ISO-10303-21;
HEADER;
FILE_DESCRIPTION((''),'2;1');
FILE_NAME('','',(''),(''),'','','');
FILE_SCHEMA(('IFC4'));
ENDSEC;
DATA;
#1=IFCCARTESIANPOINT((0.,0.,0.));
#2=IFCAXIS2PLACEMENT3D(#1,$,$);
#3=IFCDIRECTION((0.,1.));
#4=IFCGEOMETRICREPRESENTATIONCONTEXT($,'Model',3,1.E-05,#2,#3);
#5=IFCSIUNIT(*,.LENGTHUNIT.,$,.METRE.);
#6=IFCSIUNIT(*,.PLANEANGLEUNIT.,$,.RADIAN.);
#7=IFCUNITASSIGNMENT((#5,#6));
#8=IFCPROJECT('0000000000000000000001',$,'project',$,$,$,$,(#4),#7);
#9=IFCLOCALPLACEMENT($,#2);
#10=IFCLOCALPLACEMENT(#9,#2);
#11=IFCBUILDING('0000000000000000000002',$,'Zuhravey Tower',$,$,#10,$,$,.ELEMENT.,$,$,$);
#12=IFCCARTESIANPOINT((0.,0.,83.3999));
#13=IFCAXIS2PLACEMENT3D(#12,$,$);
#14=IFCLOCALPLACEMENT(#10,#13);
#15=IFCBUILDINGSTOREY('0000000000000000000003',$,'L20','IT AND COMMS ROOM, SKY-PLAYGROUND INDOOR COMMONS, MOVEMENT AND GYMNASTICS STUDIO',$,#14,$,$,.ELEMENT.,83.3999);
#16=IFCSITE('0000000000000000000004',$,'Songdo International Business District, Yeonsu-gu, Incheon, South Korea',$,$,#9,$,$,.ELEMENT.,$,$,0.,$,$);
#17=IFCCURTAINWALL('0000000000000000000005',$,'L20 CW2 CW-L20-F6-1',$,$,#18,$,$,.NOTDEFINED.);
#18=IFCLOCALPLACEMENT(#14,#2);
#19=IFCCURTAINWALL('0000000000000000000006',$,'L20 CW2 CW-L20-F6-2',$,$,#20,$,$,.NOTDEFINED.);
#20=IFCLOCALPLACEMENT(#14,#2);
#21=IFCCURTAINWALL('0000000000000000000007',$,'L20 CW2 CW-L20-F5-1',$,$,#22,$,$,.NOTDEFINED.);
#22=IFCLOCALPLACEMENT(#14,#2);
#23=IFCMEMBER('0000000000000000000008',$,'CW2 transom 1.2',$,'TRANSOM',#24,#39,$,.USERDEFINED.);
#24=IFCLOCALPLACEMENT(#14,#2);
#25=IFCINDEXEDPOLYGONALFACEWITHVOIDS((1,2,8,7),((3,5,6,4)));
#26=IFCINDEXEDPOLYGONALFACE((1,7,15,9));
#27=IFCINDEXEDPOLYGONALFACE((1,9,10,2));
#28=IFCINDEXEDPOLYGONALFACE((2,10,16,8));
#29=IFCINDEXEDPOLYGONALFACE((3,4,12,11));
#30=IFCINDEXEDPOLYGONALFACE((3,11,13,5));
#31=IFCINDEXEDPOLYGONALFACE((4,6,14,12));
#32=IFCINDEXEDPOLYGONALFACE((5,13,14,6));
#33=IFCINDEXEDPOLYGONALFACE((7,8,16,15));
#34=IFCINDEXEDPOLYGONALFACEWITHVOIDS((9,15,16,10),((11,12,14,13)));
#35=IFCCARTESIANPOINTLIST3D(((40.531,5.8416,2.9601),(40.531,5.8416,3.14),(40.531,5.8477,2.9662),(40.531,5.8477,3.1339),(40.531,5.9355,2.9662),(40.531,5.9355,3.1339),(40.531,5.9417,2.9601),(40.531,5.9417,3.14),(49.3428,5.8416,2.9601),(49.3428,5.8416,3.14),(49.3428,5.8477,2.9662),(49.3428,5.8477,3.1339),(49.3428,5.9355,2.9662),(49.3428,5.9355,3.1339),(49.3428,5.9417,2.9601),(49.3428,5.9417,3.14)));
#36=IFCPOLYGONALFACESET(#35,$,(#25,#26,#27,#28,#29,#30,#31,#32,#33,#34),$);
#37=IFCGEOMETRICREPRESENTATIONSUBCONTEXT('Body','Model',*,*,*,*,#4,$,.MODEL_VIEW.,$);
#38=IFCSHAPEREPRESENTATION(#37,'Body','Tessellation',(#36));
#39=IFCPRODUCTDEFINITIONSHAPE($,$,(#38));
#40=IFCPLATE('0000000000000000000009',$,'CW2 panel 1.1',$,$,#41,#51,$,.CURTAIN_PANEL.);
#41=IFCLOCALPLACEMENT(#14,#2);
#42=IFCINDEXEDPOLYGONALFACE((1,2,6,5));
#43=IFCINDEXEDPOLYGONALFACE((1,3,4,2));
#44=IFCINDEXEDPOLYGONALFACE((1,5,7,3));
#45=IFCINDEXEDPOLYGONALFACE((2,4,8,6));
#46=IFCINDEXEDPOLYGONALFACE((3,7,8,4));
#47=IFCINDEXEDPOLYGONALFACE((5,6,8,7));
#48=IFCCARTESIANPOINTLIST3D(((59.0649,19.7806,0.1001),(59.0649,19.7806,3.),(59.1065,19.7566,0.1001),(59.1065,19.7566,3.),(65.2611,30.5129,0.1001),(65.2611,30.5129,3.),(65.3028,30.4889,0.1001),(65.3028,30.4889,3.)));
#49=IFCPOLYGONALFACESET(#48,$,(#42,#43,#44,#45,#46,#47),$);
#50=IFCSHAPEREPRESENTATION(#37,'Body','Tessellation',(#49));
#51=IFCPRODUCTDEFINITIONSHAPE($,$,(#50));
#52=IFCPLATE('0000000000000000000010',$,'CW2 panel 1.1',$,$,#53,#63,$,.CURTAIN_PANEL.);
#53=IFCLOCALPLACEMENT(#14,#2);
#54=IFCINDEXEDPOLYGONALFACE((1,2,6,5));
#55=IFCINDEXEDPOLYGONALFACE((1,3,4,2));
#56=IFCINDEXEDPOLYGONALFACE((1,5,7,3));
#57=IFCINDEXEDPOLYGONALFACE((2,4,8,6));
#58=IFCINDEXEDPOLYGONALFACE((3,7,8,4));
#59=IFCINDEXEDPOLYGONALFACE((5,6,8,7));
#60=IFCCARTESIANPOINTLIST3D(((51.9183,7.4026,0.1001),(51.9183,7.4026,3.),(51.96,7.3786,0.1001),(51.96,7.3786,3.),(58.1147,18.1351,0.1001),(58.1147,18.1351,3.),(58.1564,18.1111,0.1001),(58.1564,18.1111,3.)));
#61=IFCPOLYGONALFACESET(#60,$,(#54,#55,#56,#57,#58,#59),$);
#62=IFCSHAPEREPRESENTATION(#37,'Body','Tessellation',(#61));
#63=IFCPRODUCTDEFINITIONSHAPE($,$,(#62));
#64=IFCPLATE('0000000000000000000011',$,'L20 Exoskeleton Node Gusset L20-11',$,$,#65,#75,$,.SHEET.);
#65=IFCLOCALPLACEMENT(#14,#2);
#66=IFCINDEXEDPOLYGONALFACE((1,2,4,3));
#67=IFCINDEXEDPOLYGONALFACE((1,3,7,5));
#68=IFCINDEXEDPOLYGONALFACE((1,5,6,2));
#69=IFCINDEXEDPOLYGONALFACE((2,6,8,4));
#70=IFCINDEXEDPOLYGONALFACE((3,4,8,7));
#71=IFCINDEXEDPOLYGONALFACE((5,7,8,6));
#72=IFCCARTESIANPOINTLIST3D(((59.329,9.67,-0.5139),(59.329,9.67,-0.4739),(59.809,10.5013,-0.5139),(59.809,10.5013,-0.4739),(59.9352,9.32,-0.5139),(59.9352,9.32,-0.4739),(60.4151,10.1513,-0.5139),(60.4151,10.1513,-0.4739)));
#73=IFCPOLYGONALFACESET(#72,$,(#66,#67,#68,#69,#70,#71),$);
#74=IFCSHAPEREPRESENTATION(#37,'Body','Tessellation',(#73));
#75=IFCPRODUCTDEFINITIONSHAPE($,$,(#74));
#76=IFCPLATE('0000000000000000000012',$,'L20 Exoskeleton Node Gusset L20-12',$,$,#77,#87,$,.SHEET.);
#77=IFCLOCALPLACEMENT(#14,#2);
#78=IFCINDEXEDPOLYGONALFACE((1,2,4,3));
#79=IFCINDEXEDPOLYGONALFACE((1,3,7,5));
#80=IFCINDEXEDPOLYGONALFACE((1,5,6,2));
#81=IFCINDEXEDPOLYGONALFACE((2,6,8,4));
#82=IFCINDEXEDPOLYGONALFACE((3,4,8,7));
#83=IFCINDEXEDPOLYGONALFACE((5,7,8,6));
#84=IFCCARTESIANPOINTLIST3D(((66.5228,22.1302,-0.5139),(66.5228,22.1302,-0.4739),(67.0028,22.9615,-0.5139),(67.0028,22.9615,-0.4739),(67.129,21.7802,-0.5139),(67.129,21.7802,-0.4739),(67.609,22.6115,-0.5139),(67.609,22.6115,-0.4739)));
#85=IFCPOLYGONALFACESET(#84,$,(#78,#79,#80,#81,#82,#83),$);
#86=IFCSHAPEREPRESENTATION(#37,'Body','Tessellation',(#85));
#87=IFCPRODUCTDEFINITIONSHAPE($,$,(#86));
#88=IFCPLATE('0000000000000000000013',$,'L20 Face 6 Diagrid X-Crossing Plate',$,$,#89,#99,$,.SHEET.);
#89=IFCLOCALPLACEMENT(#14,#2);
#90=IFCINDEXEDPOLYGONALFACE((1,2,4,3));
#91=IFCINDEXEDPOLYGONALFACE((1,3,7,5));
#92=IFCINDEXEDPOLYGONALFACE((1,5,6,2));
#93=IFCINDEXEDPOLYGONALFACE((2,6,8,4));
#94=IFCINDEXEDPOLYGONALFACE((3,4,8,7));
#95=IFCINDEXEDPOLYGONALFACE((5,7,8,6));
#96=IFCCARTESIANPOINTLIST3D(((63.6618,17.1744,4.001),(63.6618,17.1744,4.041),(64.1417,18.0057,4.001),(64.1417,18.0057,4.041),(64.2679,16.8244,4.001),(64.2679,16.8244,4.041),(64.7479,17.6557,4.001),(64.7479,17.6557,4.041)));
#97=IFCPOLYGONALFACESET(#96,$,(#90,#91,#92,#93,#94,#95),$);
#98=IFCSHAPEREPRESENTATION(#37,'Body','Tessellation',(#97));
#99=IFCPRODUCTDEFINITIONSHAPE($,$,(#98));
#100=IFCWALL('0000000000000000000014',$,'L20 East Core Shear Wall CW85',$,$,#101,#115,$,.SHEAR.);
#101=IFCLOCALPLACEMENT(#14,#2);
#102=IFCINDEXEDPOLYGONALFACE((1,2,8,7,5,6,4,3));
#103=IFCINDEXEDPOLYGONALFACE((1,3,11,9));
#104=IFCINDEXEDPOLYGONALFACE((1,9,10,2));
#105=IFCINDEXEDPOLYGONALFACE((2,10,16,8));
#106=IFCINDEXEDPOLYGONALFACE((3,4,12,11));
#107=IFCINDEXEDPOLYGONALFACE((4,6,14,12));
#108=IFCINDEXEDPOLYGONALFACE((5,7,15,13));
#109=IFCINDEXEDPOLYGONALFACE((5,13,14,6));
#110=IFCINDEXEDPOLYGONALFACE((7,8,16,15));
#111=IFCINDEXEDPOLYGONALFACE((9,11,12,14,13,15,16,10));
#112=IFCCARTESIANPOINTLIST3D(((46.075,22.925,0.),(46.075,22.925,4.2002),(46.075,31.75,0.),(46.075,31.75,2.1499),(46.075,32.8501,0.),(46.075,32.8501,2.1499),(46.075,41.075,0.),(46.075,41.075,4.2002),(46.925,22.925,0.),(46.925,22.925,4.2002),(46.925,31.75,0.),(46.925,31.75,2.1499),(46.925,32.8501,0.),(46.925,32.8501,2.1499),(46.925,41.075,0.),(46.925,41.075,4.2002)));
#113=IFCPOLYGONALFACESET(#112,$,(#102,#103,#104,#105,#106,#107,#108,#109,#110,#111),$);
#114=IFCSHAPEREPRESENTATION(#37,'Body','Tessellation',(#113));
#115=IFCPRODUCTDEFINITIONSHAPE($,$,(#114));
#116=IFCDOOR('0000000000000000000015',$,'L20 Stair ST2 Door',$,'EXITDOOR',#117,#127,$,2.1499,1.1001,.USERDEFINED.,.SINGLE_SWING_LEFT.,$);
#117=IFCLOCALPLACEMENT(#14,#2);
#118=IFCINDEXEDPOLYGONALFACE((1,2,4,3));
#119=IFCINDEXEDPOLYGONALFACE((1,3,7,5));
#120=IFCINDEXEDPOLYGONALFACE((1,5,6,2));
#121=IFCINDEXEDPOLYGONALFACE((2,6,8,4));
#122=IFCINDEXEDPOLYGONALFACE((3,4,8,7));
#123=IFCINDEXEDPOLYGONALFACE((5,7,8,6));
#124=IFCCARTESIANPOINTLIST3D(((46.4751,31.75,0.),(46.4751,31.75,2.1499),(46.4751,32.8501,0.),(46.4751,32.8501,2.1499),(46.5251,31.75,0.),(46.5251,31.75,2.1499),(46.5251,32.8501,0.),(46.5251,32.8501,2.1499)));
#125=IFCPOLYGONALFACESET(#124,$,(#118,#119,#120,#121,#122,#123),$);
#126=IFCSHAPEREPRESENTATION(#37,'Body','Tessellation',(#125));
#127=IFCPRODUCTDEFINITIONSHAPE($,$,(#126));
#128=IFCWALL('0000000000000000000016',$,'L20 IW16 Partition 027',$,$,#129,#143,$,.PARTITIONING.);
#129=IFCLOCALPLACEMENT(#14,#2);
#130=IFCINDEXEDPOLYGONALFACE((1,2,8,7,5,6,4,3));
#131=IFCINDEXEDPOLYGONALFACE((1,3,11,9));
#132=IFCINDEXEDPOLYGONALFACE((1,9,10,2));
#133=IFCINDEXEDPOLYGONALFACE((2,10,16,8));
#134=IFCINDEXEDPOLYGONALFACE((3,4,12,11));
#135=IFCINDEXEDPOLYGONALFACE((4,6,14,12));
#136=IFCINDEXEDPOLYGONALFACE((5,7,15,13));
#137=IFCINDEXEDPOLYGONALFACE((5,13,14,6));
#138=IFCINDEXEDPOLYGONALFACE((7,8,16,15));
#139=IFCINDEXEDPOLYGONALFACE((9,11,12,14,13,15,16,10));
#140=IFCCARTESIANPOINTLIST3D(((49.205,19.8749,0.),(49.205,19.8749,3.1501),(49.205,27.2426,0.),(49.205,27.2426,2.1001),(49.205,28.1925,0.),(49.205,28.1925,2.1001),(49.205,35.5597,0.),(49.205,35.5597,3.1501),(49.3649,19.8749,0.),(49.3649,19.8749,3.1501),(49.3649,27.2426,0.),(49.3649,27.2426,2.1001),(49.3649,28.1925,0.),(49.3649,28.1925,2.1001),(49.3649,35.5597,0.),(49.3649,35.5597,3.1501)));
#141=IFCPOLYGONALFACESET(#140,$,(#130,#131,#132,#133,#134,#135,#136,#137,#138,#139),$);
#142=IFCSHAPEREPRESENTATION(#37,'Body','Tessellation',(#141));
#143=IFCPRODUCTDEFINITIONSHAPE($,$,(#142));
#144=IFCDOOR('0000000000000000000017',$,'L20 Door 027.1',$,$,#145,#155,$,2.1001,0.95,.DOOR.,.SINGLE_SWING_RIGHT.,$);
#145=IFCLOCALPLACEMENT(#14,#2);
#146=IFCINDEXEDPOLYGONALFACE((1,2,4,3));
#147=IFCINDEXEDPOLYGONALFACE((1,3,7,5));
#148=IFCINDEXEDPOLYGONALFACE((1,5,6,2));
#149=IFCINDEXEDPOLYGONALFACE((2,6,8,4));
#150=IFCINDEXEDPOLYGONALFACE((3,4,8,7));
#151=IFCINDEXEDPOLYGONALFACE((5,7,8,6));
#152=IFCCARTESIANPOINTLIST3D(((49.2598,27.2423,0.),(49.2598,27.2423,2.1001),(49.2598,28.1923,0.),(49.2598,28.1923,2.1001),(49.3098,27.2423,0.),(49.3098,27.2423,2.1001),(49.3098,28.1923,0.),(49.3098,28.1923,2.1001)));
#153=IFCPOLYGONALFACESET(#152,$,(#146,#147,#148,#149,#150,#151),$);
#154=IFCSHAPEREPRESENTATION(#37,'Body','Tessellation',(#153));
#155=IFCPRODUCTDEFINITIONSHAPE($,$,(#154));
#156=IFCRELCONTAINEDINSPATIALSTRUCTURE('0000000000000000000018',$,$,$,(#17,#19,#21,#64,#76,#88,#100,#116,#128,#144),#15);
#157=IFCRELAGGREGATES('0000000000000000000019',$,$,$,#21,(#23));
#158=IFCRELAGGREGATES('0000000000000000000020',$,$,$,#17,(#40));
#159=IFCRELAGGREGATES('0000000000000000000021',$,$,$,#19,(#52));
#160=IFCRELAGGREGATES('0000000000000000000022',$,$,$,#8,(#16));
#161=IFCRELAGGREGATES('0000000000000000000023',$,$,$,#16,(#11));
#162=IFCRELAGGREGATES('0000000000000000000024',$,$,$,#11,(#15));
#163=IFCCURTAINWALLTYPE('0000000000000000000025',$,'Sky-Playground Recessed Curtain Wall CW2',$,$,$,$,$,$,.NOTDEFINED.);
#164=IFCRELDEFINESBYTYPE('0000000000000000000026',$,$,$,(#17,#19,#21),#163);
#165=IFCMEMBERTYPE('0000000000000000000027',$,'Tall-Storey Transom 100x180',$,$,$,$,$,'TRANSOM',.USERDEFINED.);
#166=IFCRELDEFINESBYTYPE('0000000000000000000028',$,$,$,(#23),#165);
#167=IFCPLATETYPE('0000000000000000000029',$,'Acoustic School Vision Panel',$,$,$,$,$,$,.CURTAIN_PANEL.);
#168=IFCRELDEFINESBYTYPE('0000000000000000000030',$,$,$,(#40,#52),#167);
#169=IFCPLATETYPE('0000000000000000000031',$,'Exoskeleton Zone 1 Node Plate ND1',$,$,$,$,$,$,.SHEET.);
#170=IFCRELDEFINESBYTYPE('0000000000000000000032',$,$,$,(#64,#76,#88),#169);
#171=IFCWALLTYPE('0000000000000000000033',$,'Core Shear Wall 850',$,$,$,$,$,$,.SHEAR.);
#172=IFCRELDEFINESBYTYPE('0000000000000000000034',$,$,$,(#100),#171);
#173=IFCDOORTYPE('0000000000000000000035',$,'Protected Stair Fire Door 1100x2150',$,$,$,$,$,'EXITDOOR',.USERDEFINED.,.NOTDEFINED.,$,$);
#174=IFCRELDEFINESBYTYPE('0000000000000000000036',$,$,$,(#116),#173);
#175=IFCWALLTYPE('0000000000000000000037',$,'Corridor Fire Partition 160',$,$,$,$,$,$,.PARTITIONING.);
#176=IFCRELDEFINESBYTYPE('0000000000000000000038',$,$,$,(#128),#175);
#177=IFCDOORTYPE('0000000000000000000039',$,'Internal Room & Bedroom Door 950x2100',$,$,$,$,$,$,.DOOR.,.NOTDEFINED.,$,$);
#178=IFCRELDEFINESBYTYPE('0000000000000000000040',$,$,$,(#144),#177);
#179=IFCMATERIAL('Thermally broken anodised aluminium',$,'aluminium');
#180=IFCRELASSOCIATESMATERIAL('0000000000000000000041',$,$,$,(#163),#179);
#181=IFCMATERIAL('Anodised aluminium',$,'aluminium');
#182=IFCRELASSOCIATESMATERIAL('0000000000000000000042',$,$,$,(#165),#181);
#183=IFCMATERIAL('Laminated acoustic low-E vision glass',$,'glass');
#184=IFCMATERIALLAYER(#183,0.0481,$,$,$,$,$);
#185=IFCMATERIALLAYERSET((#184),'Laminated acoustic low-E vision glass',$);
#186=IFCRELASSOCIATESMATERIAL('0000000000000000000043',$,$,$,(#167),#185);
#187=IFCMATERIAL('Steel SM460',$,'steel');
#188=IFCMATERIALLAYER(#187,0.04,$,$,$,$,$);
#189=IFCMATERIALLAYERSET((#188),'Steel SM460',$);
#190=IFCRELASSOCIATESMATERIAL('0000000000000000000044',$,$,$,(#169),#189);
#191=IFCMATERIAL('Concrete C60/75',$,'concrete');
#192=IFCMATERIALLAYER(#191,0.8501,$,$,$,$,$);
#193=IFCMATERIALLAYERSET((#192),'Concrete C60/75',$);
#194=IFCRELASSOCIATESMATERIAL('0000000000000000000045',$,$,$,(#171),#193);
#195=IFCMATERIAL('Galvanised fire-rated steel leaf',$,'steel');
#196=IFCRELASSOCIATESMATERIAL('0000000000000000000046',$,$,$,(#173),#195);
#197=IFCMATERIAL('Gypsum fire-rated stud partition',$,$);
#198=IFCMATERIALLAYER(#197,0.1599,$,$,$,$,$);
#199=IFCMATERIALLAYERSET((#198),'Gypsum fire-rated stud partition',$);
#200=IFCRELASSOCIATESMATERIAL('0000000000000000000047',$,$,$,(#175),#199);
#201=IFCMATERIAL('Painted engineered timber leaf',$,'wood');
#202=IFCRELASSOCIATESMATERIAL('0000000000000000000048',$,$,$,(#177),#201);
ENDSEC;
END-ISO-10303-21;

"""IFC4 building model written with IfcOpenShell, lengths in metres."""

from ifc_helpers import new_model, si_unit, direction, frame, frame_2d, origin, origin_2d, place, context, subcontext, project, spatial, rectangle, hollow_rectangle, extrude, material, layer, layer_set, material_profile, profile_set, type_object, element, fill, aggregate, save


model = new_model("IFC4")

# Units and contexts
model_context = context("Model", 3, precision=1e-05, world=origin(), true_north=direction((0.0, 1.0)))
body_context = subcontext(model_context, "Body", "Model", "MODEL_VIEW")
ifc_project = project(units=[si_unit("LENGTHUNIT", "METRE"), si_unit("PLANEANGLEUNIT", "RADIAN")], contexts=[model_context])

# Site, building, storey
site_placement = place(None, origin())
site = spatial("IfcSite", under=ifc_project, at=site_placement, Name="Songdo International Business District, Yeonsu-gu, Incheon, South Korea", CompositionType="ELEMENT", RefElevation=0.0)
building_placement = place(site_placement, origin())
building = spatial("IfcBuilding", under=site, at=building_placement, Name="Zuhravey Tower", CompositionType="ELEMENT")
storey_placement = place(building_placement, frame((0.0, 0.0, 83.3999)))
storey = spatial("IfcBuildingStorey", under=building, at=storey_placement, Name="L20", Description="IT AND COMMS ROOM, SKY-PLAYGROUND INDOOR COMMONS, MOVEMENT AND GYMNASTICS STUDIO", CompositionType="ELEMENT", Elevation=83.3999)

# Shared definitions
ifc_material_1 = material(Name="Concrete C60/75", Category="concrete")

# Shared definitions
ifc_material_2 = material(Name="Steel SM460", Category="steel")

# Curtain walls
ifc_material_3 = material(Name="Thermally broken anodised aluminium", Category="aluminium")
curtain_wall_type = type_object("IfcCurtainWallType", Name="Sky-Playground Recessed Curtain Wall CW2", PredefinedType="NOTDEFINED", material=ifc_material_3)
curtain_wall_1_placement = place(storey_placement, origin())
curtain_wall_1 = element("IfcCurtainWall", 1, at=curtain_wall_1_placement, inside=storey, type_object=curtain_wall_type, Name="L20 CW2 CW-L20-F6-1", PredefinedType="NOTDEFINED")
ifc_material_4 = material(Name="Anodised aluminium", Category="aluminium")
curtain_wall_2_placement = place(storey_placement, origin())
curtain_wall_2 = element("IfcCurtainWall", 2, at=curtain_wall_2_placement, inside=storey, type_object=curtain_wall_type, Name="L20 CW2 CW-L20-F6-2", PredefinedType="NOTDEFINED")

# Curtain wall
curtain_wall_3_placement = place(storey_placement, origin())
curtain_wall_3 = element("IfcCurtainWall", 3, at=curtain_wall_3_placement, inside=storey, type_object=curtain_wall_type, Name="L20 CW2 CW-L20-F5-1", PredefinedType="NOTDEFINED")

# Member
ifc_material_profile_1 = material_profile(ifc_material_4, hollow_rectangle(XDim=0.1001, YDim=0.1799, WallThickness=0.0061, at=origin_2d()), Name="ALU-RHS-100x180x6")
ifc_profile_set_1 = profile_set([ifc_material_profile_1], Name="Anodised aluminium")
member_type_1 = type_object("IfcMemberType", Name="Tall-Storey Transom 100x180", ElementType="TRANSOM", PredefinedType="USERDEFINED", material=ifc_profile_set_1)
member_1_placement = place(storey_placement, frame((49.3428, 5.8916, 3.05), z_axis=(-1.0, 0.0, 0.0), x_axis=(0.0, -1.0, 0.0)))
member_1 = element("IfcMember", 4, at=member_1_placement, type_object=member_type_1, Name="CW2 transom 1.2", ObjectType="TRANSOM", PredefinedType="USERDEFINED", context=body_context, shape_type="SweptSolid", body=[
    extrude(hollow_rectangle(XDim=0.1001, YDim=0.1799, WallThickness=0.0061, at=origin_2d()), origin(), (0.0, 0.0, 1.0), 8.8118),
])
aggregate(curtain_wall_3, [member_1])

# Plates
ifc_material_5 = material(Name="Laminated acoustic low-E vision glass", Category="glass")
ifc_layer_1 = layer(ifc_material_5, 0.0481)
ifc_layer_set_1 = layer_set([ifc_layer_1], Name="Laminated acoustic low-E vision glass")
plate_type_1 = type_object("IfcPlateType", Name="Acoustic School Vision Panel", PredefinedType="CURTAIN_PANEL", material=ifc_layer_set_1)
plate_1_placement = place(storey_placement, frame((62.1838, 25.1348, 0.1001), z_axis=(0.0, 0.0, 1.0), x_axis=(-0.499997, -0.866027, 0.0)))
plate_1 = element("IfcPlate", 5, at=plate_1_placement, type_object=plate_type_1, Name="CW2 panel 1.1", PredefinedType="CURTAIN_PANEL", context=body_context, shape_type="SweptSolid", body=[
    extrude(rectangle(XDim=12.3926, YDim=0.0481, at=origin_2d()), origin(), (0.0, 0.0, 1.0), 2.8999),
])
aggregate(curtain_wall_1, [plate_1])
plate_2_placement = place(storey_placement, frame((55.0374, 12.7568, 0.1001), z_axis=(0.0, 0.0, 1.0), x_axis=(-0.499999, -0.866026, 0.0)))
plate_2 = element("IfcPlate", 6, at=plate_2_placement, type_object=plate_type_1, Name="CW2 panel 1.1", PredefinedType="CURTAIN_PANEL", context=body_context, shape_type="SweptSolid", body=[
    extrude(rectangle(XDim=12.3928, YDim=0.0481, at=origin_2d()), origin(), (0.0, 0.0, 1.0), 2.8999),
])
aggregate(curtain_wall_2, [plate_2])

# Plates
ifc_layer_2 = layer(ifc_material_2, 0.04)
ifc_layer_set_2 = layer_set([ifc_layer_2], Name="Steel SM460")
plate_type_2 = type_object("IfcPlateType", Name="Exoskeleton Zone 1 Node Plate ND1", PredefinedType="SHEET", material=ifc_layer_set_2)
for number, where, z_axis, x_axis, name in (
    (7, (59.8721, 9.9106, -0.5139), (0.0, 0.0, 1.0), (0.5, 0.866025, 0.0), "L20 Exoskeleton Node Gusset L20-11"),
    (8, (67.0659, 22.3708, -0.5139), (0.0, 0.0, 1.0), (0.5, 0.866025, 0.0), "L20 Exoskeleton Node Gusset L20-12"),
    (9, (64.2048, 17.415, 4.001), (0.0, 0.0, 1.0), (0.5, 0.866025, 0.0), "L20 Face 6 Diagrid X-Crossing Plate"),
):
    element("IfcPlate", number, at=place(storey_placement, frame(where, z_axis=z_axis, x_axis=x_axis)), inside=storey, type_object=plate_type_2, Name=name, PredefinedType="SHEET", context=body_context, shape_type="SweptSolid", body=[
        extrude(rectangle(XDim=0.96, YDim=0.7, at=origin_2d()), origin(), (0.0, 0.0, 1.0), 0.04),
    ])

# Walls, openings, doors
ifc_layer_3 = layer(ifc_material_1, 0.8501)
ifc_layer_set_3 = layer_set([ifc_layer_3], Name="Concrete C60/75")
wall_type_1 = type_object("IfcWallType", Name="Core Shear Wall 850", PredefinedType="SHEAR", material=ifc_layer_set_3)
wall_1_placement = place(storey_placement, frame((46.5, 22.925, 0.0), z_axis=(0.0, 0.0, 1.0), x_axis=(0.0, 1.0, 0.0)))
wall_1 = element("IfcWall", 10, at=wall_1_placement, inside=storey, type_object=wall_type_1, Name="L20 East Core Shear Wall CW85", PredefinedType="SHEAR", context=body_context, shape_type="SweptSolid", body=[
    extrude(rectangle(XDim=18.1499, YDim=0.8501, at=frame_2d((9.075, 0.0))), origin(), (0.0, 0.0, 1.0), 4.2002),
])
opening_1_placement = place(wall_1_placement, frame((8.825, 0.0, 0.0)))
opening_1 = element("IfcOpeningElement", 11, at=opening_1_placement, cuts=wall_1, PredefinedType="OPENING", context=body_context, shape_type="SweptSolid", body=[
    extrude(rectangle(XDim=1.1001, YDim=2.1499, at=frame_2d((0.55, 1.075))), frame((0.0, 0.437, 0.0), z_axis=(0.0, -1.0, 0.0), x_axis=(1.0, 0.0, 0.0)), (0.0, 0.0, 1.0), 0.874),
])
ifc_material_6 = material(Name="Galvanised fire-rated steel leaf", Category="steel")
door_type_1 = type_object("IfcDoorType", Name="Protected Stair Fire Door 1100x2150", ElementType="EXITDOOR", OperationType="NOTDEFINED", PredefinedType="USERDEFINED", material=ifc_material_6)
door_1_placement = place(opening_1_placement, origin())
door_1 = element("IfcDoor", 12, at=door_1_placement, inside=storey, type_object=door_type_1, Name="L20 Stair ST2 Door", ObjectType="EXITDOOR", OperationType="SINGLE_SWING_LEFT", OverallHeight=2.1499, OverallWidth=1.1001, PredefinedType="USERDEFINED", context=body_context, shape_type="SweptSolid", body=[
    extrude(rectangle(XDim=1.1001, YDim=2.1499, at=frame_2d((0.55, 1.075))), frame((0.0, 0.0249, 0.0), z_axis=(0.0, -1.0, 0.0), x_axis=(1.0, 0.0, 0.0)), (0.0, 0.0, 1.0), 0.05),
])
fill(opening_1, door_1)
ifc_material_7 = material(Name="Gypsum fire-rated stud partition")
ifc_layer_4 = layer(ifc_material_7, 0.1599)
ifc_layer_set_4 = layer_set([ifc_layer_4], Name="Gypsum fire-rated stud partition")
wall_type_2 = type_object("IfcWallType", Name="Corridor Fire Partition 160", PredefinedType="PARTITIONING", material=ifc_layer_set_4)
wall_2_placement = place(storey_placement, frame((49.2849, 19.875, 0.0), z_axis=(0.0, 0.0, 1.0), x_axis=(0.0, 1.0, 0.0)))
wall_2 = element("IfcWall", 13, at=wall_2_placement, inside=storey, type_object=wall_type_2, Name="L20 IW16 Partition 027", PredefinedType="PARTITIONING", context=body_context, shape_type="SweptSolid", body=[
    extrude(rectangle(XDim=15.6848, YDim=0.1599, at=frame_2d((7.8423, 0.0))), origin(), (0.0, 0.0, 1.0), 3.1501),
])
opening_2_placement = place(wall_2_placement, frame((7.3674, 0.0, 0.0)))
opening_2 = element("IfcOpeningElement", 14, at=opening_2_placement, cuts=wall_2, PredefinedType="OPENING", context=body_context, shape_type="SweptSolid", body=[
    extrude(rectangle(XDim=0.95, YDim=2.1001, at=frame_2d((0.4751, 1.05))), frame((0.0, 0.092, 0.0), z_axis=(0.0, -1.0, 0.0), x_axis=(1.0, 0.0, 0.0)), (0.0, 0.0, 1.0), 0.1838),
])
ifc_material_8 = material(Name="Painted engineered timber leaf", Category="wood")
door_type_2 = type_object("IfcDoorType", Name="Internal Room & Bedroom Door 950x2100", OperationType="NOTDEFINED", PredefinedType="DOOR", material=ifc_material_8)
door_2_placement = place(opening_2_placement, frame((0.95, 0.0, 0.0), z_axis=(0.0, 0.0, 1.0), x_axis=(-1.0, 0.0, 0.0)))
door_2 = element("IfcDoor", 15, at=door_2_placement, inside=storey, type_object=door_type_2, Name="L20 Door 027.1", OperationType="SINGLE_SWING_RIGHT", OverallHeight=2.1001, OverallWidth=0.95, PredefinedType="DOOR", context=body_context, shape_type="SweptSolid", body=[
    extrude(rectangle(XDim=0.95, YDim=2.1001, at=frame_2d((0.4751, 1.05))), frame((0.0, 0.0249, 0.0), z_axis=(0.0, -1.0, 0.0), x_axis=(1.0, 0.0, 0.0)), (0.0, 0.0, 1.0), 0.05),
])
fill(opening_2, door_2)

save(model, "model.ifc")
